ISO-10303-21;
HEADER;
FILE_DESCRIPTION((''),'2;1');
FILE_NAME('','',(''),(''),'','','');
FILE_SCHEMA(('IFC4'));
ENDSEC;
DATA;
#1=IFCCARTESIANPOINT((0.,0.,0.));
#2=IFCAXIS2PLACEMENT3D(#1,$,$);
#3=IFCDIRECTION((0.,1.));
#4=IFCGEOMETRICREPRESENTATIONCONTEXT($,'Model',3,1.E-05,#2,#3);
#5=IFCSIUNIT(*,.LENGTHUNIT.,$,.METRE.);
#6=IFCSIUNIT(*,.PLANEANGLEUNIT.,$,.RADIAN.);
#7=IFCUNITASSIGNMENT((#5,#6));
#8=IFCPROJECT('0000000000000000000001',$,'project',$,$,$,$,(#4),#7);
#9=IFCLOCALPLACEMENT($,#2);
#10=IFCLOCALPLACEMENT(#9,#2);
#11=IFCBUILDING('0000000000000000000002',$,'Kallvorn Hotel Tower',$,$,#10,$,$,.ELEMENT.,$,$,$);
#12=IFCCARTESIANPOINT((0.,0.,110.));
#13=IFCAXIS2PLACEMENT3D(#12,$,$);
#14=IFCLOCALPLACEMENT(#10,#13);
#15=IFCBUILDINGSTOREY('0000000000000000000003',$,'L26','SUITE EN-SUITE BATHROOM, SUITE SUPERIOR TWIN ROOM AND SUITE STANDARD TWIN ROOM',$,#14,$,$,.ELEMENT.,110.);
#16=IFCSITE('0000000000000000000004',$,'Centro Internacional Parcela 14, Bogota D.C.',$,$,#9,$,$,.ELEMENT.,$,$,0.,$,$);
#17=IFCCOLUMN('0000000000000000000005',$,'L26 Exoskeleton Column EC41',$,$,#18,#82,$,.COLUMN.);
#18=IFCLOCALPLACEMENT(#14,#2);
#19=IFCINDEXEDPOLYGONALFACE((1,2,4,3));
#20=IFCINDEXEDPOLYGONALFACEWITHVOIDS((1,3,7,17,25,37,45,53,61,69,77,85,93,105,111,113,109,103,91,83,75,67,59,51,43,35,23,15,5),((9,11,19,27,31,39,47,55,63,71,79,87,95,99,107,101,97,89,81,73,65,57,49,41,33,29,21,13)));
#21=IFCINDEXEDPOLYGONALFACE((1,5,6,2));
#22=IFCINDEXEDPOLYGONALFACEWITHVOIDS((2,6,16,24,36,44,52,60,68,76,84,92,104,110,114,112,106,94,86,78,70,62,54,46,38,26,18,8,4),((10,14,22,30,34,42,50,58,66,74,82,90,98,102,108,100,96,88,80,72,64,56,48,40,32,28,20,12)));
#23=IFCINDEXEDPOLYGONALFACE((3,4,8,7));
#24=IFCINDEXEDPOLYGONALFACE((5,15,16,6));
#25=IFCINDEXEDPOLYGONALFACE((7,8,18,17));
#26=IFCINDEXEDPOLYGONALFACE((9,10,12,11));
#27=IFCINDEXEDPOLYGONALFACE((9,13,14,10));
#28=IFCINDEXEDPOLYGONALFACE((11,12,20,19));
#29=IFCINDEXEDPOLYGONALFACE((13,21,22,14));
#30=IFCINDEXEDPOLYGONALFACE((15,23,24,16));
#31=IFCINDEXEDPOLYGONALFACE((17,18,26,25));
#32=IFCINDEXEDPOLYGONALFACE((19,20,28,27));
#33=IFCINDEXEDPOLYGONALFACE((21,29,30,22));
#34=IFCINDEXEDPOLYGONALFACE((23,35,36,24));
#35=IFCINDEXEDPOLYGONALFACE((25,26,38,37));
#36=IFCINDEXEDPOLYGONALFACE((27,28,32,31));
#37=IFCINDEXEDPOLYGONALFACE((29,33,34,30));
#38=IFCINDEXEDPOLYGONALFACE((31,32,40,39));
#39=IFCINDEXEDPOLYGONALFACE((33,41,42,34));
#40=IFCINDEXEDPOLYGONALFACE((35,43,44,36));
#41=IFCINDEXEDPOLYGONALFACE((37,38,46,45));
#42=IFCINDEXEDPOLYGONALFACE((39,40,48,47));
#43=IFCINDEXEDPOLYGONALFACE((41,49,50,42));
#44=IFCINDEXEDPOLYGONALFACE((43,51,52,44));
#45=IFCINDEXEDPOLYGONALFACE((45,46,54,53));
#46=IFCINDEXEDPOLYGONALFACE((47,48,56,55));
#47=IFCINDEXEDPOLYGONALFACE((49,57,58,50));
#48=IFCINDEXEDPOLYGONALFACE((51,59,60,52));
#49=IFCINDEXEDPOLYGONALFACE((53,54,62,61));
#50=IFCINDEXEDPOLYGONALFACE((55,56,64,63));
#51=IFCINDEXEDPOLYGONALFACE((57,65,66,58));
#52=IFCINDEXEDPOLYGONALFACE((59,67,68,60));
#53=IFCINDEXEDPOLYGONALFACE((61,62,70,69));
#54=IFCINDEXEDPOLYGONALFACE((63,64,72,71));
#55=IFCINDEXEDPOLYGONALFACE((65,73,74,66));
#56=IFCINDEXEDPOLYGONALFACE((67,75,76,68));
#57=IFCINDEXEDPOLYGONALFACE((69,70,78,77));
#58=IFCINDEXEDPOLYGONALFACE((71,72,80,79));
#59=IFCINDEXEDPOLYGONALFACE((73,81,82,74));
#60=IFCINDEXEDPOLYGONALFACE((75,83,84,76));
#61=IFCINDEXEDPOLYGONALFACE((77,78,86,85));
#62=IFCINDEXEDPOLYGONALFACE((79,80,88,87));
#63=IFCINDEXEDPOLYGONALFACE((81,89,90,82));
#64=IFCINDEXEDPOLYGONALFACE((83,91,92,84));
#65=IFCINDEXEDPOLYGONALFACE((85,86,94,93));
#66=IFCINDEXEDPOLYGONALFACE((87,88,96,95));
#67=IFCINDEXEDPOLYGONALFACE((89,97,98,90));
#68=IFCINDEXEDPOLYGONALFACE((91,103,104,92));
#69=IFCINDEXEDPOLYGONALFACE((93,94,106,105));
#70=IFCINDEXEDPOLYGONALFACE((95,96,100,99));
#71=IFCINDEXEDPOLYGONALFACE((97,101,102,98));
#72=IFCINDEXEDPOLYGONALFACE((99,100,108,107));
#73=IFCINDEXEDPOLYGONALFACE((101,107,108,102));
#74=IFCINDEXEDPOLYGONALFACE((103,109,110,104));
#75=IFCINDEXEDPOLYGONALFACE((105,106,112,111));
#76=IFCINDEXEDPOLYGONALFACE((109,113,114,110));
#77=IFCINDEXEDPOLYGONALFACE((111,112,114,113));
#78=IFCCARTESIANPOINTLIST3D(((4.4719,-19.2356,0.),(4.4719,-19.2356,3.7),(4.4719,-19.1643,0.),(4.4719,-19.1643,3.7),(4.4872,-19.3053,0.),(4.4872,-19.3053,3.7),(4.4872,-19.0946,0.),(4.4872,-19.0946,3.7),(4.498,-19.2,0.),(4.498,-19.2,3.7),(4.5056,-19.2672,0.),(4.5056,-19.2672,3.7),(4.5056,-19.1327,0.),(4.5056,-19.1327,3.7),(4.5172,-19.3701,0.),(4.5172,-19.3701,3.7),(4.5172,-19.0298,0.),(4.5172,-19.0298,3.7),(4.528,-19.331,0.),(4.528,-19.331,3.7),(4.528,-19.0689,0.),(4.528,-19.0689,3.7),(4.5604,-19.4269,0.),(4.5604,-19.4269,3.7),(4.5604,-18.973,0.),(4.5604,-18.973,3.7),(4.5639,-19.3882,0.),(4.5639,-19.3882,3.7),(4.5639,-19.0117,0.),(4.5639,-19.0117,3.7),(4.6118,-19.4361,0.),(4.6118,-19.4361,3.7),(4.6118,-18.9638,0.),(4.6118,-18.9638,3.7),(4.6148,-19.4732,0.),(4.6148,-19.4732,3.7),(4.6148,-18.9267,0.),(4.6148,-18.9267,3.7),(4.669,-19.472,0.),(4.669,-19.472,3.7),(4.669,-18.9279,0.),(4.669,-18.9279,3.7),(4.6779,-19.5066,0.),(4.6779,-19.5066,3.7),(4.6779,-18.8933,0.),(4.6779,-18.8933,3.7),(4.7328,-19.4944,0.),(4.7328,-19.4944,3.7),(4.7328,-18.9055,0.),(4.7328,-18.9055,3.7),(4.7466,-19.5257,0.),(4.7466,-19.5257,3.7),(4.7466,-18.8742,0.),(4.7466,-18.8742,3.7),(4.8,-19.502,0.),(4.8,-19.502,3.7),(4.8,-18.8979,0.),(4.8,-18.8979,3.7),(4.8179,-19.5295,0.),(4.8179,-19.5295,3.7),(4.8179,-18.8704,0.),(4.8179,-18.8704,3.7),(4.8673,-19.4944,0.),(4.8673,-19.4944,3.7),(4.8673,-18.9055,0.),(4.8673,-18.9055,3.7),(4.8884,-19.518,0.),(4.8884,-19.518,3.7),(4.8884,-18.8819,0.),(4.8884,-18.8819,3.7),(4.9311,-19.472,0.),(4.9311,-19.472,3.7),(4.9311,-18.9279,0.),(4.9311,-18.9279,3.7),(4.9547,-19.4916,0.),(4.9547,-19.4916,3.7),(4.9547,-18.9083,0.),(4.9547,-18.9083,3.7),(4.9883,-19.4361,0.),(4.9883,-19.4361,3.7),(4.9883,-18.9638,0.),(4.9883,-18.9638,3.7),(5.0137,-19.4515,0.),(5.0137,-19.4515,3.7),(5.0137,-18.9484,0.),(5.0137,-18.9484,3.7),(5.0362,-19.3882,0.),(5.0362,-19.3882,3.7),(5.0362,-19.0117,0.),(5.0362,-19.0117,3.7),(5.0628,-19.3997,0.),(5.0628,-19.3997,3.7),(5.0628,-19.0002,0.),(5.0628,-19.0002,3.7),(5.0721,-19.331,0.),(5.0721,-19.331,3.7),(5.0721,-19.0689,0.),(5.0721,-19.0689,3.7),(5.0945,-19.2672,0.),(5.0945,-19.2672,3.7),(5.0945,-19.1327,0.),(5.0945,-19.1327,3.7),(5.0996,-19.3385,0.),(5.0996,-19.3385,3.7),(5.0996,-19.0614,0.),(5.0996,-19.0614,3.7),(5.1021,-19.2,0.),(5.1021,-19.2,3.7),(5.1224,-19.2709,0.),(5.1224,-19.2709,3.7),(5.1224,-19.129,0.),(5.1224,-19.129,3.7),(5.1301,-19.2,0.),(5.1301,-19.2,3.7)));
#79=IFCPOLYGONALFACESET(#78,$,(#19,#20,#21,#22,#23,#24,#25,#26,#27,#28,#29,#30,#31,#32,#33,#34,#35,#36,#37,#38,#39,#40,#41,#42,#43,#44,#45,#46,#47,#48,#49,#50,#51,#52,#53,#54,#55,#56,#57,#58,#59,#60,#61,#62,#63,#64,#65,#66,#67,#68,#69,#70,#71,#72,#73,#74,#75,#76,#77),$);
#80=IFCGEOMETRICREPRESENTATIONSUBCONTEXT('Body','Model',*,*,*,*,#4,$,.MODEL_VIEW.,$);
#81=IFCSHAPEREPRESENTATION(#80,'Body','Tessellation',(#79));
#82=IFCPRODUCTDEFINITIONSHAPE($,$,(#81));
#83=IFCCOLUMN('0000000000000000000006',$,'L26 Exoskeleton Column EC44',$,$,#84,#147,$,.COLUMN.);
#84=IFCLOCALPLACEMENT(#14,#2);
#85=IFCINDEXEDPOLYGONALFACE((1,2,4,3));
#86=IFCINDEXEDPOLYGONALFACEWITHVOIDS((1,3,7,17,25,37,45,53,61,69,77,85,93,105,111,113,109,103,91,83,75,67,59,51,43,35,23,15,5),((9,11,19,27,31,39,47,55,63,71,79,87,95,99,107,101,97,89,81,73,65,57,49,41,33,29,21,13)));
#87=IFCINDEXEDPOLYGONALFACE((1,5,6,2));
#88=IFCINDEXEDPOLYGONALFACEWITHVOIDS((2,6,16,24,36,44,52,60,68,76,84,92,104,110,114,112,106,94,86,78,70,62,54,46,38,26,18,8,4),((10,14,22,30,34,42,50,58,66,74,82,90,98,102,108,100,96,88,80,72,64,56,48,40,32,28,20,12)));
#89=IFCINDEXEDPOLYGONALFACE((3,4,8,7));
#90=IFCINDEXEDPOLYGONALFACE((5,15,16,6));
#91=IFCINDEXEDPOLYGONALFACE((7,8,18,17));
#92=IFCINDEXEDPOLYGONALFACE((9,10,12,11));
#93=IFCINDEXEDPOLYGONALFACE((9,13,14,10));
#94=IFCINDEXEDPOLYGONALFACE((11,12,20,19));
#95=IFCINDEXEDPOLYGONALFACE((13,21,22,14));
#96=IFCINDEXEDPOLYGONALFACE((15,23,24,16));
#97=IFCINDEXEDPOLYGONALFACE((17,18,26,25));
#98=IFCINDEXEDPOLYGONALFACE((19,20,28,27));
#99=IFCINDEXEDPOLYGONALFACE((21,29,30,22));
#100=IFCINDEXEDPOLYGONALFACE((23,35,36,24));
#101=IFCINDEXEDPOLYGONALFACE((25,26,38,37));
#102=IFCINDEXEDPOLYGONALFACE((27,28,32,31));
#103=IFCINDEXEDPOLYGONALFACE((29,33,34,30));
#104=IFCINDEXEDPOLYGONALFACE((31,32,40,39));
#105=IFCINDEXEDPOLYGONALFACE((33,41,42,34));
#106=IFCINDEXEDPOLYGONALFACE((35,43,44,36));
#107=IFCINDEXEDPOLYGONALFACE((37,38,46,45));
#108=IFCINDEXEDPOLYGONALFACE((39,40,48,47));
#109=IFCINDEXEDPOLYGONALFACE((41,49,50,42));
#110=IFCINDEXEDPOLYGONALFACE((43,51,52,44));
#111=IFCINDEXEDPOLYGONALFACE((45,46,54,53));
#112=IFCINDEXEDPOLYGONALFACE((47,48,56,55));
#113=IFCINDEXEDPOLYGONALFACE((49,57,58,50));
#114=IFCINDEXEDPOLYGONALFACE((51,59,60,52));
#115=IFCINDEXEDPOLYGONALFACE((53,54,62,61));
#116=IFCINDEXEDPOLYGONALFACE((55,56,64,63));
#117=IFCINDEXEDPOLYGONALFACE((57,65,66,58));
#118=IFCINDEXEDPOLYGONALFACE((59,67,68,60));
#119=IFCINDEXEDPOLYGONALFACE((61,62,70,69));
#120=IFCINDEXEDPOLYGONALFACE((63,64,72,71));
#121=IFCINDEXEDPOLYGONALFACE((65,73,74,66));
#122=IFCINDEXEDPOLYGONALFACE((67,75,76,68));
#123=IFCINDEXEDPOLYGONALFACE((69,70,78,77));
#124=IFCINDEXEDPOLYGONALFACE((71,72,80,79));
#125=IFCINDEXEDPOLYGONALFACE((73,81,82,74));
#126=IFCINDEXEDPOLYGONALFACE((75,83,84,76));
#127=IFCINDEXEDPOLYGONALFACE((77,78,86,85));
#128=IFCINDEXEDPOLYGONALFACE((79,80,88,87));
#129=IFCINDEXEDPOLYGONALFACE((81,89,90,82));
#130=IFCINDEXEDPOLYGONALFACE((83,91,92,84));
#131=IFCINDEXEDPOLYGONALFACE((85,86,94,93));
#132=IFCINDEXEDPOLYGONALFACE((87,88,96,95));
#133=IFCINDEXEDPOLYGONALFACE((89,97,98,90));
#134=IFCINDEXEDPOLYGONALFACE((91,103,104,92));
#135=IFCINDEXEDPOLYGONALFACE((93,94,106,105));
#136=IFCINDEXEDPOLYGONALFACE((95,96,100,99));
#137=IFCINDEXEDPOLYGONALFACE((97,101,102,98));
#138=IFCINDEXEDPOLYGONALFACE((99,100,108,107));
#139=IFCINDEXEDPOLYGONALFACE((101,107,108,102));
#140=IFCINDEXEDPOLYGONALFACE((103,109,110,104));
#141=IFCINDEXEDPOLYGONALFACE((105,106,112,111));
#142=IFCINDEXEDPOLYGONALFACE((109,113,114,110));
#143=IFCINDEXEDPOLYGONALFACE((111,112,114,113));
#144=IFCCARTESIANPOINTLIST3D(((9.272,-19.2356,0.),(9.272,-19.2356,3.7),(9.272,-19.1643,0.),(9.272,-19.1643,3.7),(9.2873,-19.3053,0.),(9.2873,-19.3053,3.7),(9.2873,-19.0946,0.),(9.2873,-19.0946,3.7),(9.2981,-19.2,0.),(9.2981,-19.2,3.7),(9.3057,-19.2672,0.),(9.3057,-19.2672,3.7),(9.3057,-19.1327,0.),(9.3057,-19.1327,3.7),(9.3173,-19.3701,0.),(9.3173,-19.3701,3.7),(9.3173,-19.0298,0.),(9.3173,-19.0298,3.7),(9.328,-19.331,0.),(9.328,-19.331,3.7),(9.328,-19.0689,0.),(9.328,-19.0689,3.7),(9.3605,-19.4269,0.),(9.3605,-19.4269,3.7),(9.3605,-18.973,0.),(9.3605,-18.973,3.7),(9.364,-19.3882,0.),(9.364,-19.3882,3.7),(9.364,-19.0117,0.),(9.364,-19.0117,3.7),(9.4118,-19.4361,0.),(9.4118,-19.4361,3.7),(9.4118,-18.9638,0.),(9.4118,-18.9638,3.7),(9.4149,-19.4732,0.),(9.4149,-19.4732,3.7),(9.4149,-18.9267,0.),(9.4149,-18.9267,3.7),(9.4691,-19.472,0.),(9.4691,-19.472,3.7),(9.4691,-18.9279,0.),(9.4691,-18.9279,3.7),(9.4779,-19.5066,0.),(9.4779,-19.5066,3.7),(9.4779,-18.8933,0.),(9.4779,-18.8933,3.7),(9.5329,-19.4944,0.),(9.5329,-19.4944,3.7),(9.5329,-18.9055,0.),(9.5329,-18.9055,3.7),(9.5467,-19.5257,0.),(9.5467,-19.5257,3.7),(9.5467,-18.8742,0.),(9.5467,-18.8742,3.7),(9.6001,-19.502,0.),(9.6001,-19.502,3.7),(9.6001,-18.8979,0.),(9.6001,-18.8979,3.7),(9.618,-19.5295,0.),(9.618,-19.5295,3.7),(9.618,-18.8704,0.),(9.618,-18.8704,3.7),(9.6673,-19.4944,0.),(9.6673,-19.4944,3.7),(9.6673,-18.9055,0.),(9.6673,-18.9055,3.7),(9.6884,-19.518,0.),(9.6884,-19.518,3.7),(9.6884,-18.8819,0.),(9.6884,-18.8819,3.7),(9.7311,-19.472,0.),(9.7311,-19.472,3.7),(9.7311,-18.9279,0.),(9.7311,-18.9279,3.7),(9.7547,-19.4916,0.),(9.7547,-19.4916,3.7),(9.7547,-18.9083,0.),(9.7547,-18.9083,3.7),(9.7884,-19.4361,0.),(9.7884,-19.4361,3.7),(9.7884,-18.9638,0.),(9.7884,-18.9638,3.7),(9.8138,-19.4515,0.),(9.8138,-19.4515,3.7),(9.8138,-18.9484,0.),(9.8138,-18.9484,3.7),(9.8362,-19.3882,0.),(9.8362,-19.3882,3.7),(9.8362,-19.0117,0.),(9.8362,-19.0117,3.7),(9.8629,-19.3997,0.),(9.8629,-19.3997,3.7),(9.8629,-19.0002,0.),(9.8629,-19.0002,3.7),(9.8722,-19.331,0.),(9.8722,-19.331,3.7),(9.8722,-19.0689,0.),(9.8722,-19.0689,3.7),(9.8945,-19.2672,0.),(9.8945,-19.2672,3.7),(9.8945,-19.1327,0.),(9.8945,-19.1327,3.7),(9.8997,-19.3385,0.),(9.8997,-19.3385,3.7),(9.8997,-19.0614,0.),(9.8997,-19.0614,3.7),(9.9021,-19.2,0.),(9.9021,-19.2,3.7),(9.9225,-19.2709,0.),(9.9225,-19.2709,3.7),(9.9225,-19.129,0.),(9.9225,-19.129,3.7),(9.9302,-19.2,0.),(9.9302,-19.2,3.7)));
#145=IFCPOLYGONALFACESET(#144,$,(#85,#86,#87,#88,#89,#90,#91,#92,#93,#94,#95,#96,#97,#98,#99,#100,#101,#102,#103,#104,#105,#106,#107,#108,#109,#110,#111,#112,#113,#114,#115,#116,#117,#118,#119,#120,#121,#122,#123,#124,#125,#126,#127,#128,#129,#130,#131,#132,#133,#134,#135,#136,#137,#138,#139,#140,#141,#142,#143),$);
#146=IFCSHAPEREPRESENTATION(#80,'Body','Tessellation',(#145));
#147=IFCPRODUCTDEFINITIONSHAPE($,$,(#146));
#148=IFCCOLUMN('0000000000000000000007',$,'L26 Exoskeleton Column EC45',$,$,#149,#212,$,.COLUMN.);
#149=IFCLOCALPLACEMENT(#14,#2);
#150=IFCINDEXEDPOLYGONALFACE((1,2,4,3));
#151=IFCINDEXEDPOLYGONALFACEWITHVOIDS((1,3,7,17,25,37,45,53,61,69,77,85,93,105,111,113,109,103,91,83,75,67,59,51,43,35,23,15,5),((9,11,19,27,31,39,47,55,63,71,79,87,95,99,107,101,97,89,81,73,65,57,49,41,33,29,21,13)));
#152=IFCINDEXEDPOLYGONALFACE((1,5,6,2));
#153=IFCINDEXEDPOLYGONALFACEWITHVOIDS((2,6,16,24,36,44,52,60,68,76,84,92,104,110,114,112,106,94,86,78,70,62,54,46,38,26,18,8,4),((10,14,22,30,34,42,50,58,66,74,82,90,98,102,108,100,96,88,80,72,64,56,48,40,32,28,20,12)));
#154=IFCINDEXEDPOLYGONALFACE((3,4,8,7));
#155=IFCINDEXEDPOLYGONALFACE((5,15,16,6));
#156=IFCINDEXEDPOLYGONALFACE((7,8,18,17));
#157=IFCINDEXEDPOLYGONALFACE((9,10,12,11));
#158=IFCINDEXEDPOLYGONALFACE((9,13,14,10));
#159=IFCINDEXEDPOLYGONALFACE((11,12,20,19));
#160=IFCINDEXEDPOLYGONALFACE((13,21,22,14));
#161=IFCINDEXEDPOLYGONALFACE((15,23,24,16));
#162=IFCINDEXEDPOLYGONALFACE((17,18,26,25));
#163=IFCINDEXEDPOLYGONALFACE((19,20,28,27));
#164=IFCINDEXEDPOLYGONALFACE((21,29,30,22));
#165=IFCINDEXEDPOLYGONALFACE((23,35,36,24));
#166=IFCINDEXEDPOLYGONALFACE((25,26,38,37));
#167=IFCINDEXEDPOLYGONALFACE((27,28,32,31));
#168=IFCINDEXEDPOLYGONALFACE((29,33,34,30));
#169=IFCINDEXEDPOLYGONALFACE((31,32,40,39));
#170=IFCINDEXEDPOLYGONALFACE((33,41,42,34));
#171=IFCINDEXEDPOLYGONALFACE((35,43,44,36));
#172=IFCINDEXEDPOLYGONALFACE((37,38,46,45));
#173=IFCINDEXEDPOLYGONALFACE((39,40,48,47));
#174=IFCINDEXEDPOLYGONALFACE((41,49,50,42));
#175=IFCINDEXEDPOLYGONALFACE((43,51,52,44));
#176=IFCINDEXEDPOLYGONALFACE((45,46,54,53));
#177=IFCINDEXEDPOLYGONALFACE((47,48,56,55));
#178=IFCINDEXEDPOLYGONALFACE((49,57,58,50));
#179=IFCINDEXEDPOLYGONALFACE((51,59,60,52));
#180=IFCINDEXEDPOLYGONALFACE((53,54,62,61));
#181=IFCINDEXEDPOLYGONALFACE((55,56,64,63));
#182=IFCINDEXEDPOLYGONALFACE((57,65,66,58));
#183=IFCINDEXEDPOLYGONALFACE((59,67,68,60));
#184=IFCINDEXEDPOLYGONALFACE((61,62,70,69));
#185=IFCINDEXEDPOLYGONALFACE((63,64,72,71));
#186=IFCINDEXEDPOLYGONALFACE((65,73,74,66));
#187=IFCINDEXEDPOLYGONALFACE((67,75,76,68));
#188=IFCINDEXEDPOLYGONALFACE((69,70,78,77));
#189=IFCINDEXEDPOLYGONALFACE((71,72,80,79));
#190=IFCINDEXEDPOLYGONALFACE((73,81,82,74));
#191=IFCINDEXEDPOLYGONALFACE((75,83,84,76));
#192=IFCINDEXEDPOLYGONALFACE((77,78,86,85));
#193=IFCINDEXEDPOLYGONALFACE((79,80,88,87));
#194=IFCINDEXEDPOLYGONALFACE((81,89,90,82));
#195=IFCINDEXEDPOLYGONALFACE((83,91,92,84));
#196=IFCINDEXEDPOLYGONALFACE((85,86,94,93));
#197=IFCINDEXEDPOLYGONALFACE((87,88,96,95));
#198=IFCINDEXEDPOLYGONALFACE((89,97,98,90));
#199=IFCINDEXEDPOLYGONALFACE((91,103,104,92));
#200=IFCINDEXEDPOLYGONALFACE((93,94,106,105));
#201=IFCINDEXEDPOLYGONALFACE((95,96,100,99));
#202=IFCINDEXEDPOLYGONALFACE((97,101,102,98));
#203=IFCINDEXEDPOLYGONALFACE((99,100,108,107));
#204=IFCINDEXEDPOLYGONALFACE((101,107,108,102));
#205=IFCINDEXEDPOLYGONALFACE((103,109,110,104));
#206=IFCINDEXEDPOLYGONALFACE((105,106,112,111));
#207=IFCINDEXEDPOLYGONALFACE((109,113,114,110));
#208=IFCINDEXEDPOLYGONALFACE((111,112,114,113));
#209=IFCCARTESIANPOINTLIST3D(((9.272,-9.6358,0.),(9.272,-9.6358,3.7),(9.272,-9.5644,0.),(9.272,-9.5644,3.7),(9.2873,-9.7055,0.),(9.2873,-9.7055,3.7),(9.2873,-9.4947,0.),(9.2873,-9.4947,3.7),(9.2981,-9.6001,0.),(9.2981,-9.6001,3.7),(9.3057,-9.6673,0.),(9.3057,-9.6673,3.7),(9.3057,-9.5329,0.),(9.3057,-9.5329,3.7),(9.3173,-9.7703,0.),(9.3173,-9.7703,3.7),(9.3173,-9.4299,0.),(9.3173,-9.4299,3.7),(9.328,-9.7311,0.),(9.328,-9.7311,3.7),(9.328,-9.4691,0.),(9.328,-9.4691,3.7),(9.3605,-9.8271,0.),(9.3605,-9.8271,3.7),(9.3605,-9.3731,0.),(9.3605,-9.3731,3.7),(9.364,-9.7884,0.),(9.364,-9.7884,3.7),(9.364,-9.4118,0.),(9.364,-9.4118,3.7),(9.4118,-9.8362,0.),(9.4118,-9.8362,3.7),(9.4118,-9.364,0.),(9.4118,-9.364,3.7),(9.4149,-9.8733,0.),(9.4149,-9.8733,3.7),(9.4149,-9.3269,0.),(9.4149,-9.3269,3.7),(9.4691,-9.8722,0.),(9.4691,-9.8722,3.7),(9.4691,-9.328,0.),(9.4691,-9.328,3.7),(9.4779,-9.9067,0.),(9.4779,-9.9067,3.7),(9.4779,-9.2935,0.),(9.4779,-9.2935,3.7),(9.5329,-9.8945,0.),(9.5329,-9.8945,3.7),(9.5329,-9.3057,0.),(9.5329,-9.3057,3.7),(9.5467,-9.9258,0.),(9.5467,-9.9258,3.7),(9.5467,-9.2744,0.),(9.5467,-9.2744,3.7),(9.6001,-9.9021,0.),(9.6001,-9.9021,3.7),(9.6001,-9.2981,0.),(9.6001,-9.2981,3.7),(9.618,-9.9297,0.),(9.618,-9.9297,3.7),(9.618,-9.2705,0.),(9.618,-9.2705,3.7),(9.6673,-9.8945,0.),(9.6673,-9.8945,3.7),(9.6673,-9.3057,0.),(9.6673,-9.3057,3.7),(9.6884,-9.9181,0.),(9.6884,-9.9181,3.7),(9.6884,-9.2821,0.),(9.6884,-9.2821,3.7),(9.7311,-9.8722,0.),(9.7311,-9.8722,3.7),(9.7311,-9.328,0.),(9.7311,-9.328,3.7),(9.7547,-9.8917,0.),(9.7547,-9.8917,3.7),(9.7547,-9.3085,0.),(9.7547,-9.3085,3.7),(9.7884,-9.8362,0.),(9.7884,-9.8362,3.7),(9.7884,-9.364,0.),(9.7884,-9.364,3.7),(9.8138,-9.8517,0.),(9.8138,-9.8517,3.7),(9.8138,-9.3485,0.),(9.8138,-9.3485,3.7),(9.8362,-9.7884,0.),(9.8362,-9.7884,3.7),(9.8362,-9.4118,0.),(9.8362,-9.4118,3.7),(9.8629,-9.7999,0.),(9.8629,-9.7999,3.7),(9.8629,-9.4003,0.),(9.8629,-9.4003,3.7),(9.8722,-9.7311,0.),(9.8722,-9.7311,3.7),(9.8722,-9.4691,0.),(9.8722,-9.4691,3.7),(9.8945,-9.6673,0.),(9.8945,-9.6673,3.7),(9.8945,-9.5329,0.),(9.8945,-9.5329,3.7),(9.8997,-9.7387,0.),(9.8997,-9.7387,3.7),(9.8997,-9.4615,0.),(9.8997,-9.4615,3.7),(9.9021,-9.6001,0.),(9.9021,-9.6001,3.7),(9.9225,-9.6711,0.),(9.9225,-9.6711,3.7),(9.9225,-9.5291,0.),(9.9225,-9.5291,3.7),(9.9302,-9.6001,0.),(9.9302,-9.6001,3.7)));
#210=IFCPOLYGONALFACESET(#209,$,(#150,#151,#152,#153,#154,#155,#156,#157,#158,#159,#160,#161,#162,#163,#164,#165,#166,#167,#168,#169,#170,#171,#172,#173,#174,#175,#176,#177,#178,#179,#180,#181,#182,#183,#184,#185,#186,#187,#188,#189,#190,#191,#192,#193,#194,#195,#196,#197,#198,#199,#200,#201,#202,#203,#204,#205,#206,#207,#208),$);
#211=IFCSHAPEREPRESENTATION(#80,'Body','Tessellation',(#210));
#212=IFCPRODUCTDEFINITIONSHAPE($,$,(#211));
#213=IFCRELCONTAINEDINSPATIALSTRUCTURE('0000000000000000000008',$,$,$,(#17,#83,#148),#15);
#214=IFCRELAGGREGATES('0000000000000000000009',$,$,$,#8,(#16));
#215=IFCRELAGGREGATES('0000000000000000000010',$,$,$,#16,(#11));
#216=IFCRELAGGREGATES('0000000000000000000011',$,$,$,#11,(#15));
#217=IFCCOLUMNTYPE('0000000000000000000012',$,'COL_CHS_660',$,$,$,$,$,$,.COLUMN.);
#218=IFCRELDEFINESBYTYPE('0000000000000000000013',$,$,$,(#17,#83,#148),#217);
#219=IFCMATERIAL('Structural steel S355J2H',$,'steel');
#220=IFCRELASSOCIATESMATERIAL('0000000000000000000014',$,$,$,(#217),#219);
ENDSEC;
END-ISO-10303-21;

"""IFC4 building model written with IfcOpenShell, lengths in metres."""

from ifc_helpers import new_model, si_unit, direction, frame, origin, origin_2d, place, context, subcontext, project, spatial, hollow_circle, extrude, material, material_profile, profile_set, type_object, element, save


model = new_model("IFC4")

# Units and contexts
model_context = context("Model", 3, precision=1e-05, world=origin(), true_north=direction((0.0, 1.0)))
body_context = subcontext(model_context, "Body", "Model", "MODEL_VIEW")
ifc_project = project(units=[si_unit("LENGTHUNIT", "METRE"), si_unit("PLANEANGLEUNIT", "RADIAN")], contexts=[model_context])

# Site, building, storey
site_placement = place(None, origin())
site = spatial("IfcSite", under=ifc_project, at=site_placement, Name="Centro Internacional Parcela 14, Bogota D.C.", CompositionType="ELEMENT", RefElevation=0.0)
building_placement = place(site_placement, origin())
building = spatial("IfcBuilding", under=site, at=building_placement, Name="Kallvorn Hotel Tower", CompositionType="ELEMENT")
storey_placement = place(building_placement, frame((0.0, 0.0, 110.0)))
storey = spatial("IfcBuildingStorey", under=building, at=storey_placement, Name="L26", Description="SUITE EN-SUITE BATHROOM, SUITE SUPERIOR TWIN ROOM AND SUITE STANDARD TWIN ROOM", CompositionType="ELEMENT", Elevation=110.0)

# Columns
ifc_material_1 = material(Name="Structural steel S355J2H", Category="steel")
ifc_material_profile_1 = material_profile(ifc_material_1, hollow_circle(Radius=0.3301, WallThickness=0.0281, at=origin_2d()), Name="CHS 660x28")
ifc_profile_set_1 = profile_set([ifc_material_profile_1], Name="Structural steel S355J2H")
column_type_1 = type_object("IfcColumnType", Name="COL_CHS_660", PredefinedType="COLUMN", material=ifc_profile_set_1)
for number, where, z_axis, x_axis, name in (
    (1, (4.8, -19.2, 0.0), (0.0, 0.0, 1.0), (1.0, 0.0, 0.0), "L26 Exoskeleton Column EC41"),
    (2, (9.6001, -19.2, 0.0), (0.0, 0.0, 1.0), (1.0, 0.0, 0.0), "L26 Exoskeleton Column EC44"),
    (3, (9.6001, -9.6001, 0.0), (0.0, 0.0, 1.0), (1.0, 0.0, 0.0), "L26 Exoskeleton Column EC45"),
):
    element("IfcColumn", number, at=place(storey_placement, frame(where, z_axis=z_axis, x_axis=x_axis)), inside=storey, type_object=column_type_1, Name=name, PredefinedType="COLUMN", context=body_context, shape_type="SweptSolid", body=[
        extrude(hollow_circle(Radius=0.3301, WallThickness=0.0281, at=origin_2d()), origin(), (0.0, 0.0, 1.0), 3.7),
    ])

save(model, "model.ifc")
